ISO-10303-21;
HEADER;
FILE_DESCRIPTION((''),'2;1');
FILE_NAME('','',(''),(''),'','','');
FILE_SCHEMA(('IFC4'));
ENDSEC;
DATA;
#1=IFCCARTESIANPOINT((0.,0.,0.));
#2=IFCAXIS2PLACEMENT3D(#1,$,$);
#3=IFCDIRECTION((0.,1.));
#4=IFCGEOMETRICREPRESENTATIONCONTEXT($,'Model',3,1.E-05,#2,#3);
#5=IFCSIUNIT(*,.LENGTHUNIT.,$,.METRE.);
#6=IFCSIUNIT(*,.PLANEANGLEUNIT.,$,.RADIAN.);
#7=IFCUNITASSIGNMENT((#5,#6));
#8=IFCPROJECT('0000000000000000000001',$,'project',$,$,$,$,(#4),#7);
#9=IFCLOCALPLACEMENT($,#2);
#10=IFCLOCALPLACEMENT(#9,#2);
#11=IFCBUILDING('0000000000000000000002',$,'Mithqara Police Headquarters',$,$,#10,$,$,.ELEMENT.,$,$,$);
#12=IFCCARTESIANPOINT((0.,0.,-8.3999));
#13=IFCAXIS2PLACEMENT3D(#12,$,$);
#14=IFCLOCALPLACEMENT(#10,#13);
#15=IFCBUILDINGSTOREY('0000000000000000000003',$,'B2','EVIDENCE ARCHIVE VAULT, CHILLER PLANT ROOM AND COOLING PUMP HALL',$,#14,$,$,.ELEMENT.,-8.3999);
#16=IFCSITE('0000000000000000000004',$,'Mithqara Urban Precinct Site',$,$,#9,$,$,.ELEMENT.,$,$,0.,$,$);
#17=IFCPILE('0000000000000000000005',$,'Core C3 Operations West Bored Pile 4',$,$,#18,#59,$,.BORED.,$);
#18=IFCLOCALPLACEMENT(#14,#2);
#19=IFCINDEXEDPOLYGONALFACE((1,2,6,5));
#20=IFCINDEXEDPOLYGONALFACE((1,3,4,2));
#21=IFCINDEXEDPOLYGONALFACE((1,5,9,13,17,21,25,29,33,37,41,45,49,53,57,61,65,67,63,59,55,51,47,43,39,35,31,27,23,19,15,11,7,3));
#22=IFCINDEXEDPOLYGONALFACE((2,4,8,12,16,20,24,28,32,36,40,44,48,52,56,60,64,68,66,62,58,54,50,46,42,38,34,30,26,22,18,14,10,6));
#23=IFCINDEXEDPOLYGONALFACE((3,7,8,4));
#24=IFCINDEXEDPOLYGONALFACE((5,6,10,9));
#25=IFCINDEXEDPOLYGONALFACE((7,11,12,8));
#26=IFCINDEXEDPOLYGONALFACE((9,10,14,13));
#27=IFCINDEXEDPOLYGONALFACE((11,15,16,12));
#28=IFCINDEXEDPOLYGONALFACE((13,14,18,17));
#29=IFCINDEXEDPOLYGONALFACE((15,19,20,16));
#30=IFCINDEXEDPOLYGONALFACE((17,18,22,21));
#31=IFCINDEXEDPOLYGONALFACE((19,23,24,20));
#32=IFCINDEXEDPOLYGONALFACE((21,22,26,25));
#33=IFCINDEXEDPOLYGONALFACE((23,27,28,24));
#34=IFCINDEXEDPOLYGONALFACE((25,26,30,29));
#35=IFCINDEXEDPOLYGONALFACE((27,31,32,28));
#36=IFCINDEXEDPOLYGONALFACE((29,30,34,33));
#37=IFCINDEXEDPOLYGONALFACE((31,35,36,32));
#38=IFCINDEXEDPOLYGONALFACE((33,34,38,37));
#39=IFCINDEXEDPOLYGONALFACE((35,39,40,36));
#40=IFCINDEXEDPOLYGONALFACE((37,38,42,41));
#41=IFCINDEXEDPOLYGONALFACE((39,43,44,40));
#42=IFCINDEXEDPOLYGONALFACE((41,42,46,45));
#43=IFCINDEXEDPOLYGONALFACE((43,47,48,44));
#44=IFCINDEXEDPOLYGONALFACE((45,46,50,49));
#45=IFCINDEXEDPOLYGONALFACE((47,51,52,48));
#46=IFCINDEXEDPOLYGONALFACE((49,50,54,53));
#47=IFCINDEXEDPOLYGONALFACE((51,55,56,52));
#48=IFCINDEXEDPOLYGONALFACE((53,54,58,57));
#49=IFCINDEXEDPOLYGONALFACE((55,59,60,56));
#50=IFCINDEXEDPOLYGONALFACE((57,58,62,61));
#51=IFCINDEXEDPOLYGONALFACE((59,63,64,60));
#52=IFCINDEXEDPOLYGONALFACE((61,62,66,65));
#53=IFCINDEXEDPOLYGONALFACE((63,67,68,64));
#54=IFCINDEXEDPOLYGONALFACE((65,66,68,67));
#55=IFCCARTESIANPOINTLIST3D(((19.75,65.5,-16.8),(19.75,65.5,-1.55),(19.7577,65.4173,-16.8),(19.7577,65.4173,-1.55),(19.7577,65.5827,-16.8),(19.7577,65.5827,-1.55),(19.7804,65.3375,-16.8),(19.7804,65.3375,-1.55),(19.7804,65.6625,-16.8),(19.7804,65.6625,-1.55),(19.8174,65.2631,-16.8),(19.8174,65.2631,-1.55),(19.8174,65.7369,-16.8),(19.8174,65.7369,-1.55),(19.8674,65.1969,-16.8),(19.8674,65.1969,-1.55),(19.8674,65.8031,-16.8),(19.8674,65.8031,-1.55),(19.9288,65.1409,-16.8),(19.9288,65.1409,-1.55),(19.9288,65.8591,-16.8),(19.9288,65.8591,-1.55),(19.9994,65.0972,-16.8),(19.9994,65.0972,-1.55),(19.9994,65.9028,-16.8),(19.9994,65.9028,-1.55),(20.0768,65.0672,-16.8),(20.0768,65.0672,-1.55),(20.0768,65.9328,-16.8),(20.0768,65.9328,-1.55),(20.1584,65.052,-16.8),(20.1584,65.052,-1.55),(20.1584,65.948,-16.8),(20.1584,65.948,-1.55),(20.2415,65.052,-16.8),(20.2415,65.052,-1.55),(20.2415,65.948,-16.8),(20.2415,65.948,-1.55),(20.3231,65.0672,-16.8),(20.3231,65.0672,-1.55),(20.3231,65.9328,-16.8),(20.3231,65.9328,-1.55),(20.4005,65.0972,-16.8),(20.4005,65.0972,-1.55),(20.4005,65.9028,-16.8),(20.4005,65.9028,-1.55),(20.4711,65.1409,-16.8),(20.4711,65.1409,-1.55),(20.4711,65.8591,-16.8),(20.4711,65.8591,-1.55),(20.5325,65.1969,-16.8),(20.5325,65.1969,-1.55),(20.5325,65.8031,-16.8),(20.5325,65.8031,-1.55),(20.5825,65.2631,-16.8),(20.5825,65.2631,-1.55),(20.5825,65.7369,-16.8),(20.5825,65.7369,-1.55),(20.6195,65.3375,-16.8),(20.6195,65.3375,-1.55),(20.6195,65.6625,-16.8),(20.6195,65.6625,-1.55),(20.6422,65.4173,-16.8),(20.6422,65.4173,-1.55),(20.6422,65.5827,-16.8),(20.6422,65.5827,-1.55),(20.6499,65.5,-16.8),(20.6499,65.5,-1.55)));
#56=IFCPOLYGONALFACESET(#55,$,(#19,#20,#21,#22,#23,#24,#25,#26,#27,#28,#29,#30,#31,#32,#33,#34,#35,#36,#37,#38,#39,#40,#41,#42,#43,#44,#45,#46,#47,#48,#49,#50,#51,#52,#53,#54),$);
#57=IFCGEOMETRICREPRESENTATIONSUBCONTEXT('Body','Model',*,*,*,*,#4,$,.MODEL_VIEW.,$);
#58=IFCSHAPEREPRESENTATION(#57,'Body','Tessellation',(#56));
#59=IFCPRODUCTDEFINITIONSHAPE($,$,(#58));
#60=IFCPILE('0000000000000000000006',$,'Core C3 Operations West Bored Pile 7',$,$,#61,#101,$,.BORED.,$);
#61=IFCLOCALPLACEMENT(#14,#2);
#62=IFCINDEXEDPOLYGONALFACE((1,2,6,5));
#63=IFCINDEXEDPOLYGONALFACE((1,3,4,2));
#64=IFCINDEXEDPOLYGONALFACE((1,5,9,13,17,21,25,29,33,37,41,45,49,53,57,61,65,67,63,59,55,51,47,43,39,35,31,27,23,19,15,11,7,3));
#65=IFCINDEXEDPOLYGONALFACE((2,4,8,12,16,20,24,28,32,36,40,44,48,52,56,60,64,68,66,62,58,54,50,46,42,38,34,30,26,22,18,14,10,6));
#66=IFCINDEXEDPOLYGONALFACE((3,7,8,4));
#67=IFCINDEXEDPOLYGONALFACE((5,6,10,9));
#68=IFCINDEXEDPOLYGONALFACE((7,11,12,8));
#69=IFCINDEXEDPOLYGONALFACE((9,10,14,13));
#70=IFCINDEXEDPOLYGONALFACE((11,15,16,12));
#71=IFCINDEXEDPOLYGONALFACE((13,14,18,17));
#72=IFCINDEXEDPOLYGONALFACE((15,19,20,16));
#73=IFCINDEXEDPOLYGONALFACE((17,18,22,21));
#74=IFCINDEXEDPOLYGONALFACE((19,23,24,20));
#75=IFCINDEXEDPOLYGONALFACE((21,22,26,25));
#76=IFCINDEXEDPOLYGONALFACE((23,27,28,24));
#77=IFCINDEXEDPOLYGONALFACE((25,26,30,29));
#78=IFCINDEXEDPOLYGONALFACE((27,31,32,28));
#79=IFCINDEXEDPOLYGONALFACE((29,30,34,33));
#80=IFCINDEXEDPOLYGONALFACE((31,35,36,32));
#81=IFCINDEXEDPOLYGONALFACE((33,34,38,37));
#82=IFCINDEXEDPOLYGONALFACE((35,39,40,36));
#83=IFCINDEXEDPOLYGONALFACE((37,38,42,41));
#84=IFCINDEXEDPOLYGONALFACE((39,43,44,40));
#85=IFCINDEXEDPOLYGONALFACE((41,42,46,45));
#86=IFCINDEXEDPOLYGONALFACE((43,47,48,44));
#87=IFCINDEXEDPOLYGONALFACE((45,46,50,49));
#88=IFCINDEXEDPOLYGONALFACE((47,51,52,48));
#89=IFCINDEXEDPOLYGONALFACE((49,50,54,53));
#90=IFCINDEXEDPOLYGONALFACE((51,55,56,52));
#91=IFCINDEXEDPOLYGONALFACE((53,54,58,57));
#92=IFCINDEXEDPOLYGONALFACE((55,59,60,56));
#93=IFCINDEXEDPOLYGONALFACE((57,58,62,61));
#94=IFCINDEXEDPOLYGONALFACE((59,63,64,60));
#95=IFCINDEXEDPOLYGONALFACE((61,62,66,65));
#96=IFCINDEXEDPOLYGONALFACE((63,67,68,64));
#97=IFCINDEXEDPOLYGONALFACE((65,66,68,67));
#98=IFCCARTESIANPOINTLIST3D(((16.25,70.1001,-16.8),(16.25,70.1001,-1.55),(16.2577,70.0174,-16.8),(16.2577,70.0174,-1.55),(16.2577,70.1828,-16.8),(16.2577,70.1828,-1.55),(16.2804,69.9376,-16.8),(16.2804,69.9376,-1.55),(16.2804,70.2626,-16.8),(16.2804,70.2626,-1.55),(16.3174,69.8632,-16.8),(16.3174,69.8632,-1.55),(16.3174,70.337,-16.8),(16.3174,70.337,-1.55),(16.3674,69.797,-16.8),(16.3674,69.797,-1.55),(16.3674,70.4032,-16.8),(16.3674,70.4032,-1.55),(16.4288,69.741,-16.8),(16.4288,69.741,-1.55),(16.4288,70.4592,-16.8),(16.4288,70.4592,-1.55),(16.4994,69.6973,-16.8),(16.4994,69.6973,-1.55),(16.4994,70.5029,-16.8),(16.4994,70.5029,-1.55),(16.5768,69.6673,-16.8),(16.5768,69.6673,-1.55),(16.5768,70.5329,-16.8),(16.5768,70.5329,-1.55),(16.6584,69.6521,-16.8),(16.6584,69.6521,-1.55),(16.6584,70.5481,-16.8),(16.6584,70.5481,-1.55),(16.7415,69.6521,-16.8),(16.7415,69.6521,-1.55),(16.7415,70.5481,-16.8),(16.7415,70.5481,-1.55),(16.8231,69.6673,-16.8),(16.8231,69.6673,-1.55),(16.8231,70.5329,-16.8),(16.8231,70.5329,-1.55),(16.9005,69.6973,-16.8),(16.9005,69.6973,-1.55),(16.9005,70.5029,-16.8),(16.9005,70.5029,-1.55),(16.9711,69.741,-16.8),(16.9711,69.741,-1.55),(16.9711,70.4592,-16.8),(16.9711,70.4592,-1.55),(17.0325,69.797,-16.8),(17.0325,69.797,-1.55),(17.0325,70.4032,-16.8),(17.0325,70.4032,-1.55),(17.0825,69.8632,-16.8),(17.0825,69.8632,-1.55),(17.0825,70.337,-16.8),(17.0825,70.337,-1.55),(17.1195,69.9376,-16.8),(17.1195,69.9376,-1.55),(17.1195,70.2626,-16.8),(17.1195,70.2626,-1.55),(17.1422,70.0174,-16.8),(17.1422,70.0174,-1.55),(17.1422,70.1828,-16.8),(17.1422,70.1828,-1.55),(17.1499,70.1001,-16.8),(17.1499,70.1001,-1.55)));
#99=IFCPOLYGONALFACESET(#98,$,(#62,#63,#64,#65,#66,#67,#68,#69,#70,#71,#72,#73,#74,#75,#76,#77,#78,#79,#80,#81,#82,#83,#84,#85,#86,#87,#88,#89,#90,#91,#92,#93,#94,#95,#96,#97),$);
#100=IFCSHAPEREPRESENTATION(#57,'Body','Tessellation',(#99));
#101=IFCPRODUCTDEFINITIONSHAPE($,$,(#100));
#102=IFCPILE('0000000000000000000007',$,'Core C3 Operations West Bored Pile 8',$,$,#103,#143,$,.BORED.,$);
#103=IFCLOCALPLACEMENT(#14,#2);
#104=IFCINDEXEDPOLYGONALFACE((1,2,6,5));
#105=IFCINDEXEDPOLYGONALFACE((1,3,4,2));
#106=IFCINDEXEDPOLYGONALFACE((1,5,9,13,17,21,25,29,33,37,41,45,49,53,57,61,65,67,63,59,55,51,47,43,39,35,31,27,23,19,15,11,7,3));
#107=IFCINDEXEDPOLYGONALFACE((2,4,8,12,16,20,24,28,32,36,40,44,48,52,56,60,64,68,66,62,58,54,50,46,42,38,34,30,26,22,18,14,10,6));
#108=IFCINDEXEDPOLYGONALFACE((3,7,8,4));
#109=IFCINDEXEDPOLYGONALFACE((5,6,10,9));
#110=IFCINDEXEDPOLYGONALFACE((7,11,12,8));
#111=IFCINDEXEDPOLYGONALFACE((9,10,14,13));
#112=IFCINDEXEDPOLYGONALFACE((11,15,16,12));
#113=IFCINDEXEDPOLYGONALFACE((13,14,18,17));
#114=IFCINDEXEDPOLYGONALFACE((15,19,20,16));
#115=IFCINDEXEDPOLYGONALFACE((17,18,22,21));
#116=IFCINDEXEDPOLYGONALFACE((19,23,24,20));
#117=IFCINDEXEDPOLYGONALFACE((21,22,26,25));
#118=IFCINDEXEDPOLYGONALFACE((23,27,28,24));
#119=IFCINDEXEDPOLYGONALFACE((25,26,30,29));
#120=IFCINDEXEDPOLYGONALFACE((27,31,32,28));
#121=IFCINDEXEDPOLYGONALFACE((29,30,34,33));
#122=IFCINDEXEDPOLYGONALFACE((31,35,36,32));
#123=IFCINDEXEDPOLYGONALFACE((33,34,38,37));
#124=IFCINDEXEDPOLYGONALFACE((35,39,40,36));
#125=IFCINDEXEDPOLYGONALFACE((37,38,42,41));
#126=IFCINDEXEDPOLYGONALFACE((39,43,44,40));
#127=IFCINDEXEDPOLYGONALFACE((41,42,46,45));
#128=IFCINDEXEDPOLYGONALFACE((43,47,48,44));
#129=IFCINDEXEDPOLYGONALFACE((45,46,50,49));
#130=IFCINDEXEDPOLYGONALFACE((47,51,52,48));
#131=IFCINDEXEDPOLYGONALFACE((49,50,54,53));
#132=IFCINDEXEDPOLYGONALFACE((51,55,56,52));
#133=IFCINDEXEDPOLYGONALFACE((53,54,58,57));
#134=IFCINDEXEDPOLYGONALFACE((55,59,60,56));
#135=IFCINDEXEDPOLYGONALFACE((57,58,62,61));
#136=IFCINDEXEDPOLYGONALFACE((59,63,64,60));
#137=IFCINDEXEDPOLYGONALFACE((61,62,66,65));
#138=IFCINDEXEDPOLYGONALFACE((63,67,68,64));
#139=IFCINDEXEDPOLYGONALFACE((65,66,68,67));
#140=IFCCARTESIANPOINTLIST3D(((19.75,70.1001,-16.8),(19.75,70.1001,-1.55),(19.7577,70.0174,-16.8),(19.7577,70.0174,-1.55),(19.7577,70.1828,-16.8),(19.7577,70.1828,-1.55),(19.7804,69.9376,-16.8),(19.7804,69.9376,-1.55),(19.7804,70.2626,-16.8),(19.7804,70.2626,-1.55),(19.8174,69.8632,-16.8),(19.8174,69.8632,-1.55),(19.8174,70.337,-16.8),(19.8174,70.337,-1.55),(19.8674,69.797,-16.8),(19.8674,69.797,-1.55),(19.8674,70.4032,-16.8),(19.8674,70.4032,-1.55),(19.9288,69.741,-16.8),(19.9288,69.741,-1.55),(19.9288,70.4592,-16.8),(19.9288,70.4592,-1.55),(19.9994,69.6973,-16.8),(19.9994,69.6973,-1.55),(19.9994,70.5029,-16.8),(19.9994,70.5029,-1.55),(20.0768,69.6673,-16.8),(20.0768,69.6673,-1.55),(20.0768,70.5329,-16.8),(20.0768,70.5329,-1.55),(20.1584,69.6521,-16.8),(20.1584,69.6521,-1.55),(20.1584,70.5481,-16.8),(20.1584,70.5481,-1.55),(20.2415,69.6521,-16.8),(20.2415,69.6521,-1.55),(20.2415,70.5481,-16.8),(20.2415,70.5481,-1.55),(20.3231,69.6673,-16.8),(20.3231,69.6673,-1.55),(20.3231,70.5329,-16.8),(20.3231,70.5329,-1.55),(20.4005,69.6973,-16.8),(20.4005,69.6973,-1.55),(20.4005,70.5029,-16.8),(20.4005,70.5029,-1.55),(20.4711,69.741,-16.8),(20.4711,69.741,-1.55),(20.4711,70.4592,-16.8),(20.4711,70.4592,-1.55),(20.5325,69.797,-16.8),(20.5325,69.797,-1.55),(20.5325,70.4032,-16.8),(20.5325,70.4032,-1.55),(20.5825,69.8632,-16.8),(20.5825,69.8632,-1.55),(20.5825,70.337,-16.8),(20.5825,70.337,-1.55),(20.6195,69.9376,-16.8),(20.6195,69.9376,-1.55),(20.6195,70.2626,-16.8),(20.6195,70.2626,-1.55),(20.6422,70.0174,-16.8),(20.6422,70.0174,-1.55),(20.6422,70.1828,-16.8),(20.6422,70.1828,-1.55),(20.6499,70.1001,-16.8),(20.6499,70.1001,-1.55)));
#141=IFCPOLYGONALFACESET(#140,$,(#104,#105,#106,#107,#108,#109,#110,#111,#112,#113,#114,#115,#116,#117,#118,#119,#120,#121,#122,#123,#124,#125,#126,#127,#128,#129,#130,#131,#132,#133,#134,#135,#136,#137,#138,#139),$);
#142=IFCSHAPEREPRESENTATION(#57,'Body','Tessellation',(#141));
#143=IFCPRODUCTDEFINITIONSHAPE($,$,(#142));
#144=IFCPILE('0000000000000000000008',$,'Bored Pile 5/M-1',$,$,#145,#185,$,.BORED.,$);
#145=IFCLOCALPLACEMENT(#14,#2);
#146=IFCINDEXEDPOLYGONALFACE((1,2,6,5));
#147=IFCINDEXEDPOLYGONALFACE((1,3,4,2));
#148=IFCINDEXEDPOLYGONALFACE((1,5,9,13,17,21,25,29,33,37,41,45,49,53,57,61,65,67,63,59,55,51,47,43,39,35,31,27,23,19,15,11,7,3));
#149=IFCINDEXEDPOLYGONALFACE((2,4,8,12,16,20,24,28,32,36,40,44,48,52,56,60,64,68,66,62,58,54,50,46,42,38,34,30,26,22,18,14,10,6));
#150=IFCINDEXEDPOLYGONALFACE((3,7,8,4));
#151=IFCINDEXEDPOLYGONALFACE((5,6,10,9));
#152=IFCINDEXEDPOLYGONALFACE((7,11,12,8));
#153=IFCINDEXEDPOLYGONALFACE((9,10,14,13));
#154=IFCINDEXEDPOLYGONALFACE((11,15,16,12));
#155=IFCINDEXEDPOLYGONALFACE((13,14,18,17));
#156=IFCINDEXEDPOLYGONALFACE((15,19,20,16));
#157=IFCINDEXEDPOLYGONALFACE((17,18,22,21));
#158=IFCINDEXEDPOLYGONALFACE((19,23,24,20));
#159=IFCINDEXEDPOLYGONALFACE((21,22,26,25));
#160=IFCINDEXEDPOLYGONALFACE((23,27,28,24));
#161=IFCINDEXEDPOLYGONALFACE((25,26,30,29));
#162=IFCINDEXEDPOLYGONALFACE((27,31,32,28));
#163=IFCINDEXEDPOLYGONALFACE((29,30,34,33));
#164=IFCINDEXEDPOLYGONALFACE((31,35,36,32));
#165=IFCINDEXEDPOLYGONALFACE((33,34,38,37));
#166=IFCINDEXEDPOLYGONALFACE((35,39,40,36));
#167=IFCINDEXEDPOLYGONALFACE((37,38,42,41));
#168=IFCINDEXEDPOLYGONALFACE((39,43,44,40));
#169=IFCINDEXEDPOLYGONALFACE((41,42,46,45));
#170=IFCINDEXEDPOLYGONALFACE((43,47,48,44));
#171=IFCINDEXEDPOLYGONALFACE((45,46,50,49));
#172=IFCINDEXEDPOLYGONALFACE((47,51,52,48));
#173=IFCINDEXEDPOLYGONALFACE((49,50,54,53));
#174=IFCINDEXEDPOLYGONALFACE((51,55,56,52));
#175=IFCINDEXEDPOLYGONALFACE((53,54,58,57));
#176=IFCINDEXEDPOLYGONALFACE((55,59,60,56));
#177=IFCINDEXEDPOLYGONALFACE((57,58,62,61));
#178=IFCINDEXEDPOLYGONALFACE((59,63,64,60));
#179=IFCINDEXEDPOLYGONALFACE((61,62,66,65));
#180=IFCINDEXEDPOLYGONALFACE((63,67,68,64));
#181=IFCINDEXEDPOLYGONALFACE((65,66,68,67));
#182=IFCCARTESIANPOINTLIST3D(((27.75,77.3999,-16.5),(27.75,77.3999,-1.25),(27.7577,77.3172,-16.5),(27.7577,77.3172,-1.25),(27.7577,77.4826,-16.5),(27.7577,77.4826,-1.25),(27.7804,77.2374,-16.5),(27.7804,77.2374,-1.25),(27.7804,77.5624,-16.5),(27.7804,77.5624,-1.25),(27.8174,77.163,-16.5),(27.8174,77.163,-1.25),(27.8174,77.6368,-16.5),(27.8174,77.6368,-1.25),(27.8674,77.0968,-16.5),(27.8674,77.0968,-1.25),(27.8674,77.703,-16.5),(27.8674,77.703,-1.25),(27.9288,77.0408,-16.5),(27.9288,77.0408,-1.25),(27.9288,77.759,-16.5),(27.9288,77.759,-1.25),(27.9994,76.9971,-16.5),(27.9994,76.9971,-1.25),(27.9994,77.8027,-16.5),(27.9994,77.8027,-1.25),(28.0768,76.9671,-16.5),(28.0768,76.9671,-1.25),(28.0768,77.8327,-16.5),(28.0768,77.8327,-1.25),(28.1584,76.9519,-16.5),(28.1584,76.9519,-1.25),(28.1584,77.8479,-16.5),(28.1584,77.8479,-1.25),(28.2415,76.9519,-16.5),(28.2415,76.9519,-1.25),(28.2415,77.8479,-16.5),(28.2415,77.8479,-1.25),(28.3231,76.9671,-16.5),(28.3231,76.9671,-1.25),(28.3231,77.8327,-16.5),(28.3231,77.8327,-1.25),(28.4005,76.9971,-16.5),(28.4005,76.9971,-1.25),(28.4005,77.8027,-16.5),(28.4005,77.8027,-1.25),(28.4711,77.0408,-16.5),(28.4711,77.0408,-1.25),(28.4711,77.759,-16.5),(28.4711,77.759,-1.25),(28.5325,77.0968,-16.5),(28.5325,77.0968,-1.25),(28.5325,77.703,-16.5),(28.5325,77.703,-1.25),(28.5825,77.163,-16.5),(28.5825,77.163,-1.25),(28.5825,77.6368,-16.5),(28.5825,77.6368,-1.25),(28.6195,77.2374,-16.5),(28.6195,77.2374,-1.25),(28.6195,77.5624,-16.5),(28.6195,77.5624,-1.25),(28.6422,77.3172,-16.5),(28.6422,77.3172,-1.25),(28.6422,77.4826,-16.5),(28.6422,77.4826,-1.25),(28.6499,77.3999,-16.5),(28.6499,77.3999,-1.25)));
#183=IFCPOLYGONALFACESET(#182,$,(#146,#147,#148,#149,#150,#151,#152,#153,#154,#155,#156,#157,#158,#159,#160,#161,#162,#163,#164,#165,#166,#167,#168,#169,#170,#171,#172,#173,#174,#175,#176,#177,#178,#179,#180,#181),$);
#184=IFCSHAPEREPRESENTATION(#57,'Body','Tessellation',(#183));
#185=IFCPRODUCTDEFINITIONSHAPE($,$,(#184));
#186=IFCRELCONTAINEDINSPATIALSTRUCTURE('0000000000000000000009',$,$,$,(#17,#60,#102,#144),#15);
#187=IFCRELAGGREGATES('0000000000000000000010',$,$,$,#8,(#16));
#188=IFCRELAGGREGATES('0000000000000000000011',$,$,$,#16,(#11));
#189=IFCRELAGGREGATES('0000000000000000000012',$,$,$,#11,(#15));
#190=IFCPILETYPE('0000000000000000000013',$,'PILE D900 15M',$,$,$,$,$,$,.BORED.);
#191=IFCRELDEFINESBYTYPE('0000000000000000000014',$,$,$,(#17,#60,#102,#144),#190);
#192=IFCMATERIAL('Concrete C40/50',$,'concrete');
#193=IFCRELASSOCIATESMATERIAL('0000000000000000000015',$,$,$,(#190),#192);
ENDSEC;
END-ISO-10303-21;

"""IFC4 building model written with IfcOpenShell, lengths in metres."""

from ifc_helpers import new_model, si_unit, direction, frame, origin, origin_2d, place, context, subcontext, project, spatial, circle, extrude, material, material_profile, profile_set, type_object, element, save


model = new_model("IFC4")

# Units and contexts
model_context = context("Model", 3, precision=1e-05, world=origin(), true_north=direction((0.0, 1.0)))
body_context = subcontext(model_context, "Body", "Model", "MODEL_VIEW")
ifc_project = project(units=[si_unit("LENGTHUNIT", "METRE"), si_unit("PLANEANGLEUNIT", "RADIAN")], contexts=[model_context])

# Site, building, storey
site_placement = place(None, origin())
site = spatial("IfcSite", under=ifc_project, at=site_placement, Name="Mithqara Urban Precinct Site", CompositionType="ELEMENT", RefElevation=0.0)
building_placement = place(site_placement, origin())
building = spatial("IfcBuilding", under=site, at=building_placement, Name="Mithqara Police Headquarters", CompositionType="ELEMENT")
storey_placement = place(building_placement, frame((0.0, 0.0, -8.3999)))
storey = spatial("IfcBuildingStorey", under=building, at=storey_placement, Name="B2", Description="EVIDENCE ARCHIVE VAULT, CHILLER PLANT ROOM AND COOLING PUMP HALL", CompositionType="ELEMENT", Elevation=-8.3999)

# Shared definitions
ifc_material_1 = material(Name="Concrete C40/50", Category="concrete")

# Piles
ifc_material_profile_1 = material_profile(ifc_material_1, circle(Radius=0.45, at=origin_2d()), Name="PILE D900")
ifc_profile_set_1 = profile_set([ifc_material_profile_1], Name="Concrete C40/50")
pile_type_1 = type_object("IfcPileType", Name="PILE D900 15M", PredefinedType="BORED", material=ifc_profile_set_1)
for number, where, z_axis, x_axis, name in (
    (1, (20.2, 65.5, -1.55), (0.0, 0.0, -1.0), (1.0, 0.0, 0.0), "Core C3 Operations West Bored Pile 4"),
    (2, (16.7, 70.1001, -1.55), (0.0, 0.0, -1.0), (1.0, 0.0, 0.0), "Core C3 Operations West Bored Pile 7"),
    (3, (20.2, 70.1001, -1.55), (0.0, 0.0, -1.0), (1.0, 0.0, 0.0), "Core C3 Operations West Bored Pile 8"),
    (4, (28.2, 77.3999, -1.25), (0.0, 0.0, -1.0), (1.0, 0.0, 0.0), "Bored Pile 5/M-1"),
):
    element("IfcPile", number, at=place(storey_placement, frame(where, z_axis=z_axis, x_axis=x_axis)), inside=storey, type_object=pile_type_1, Name=name, PredefinedType="BORED", context=body_context, shape_type="SweptSolid", body=[
        extrude(circle(Radius=0.45, at=origin_2d()), origin(), (0.0, 0.0, 1.0), 15.25),
    ])

save(model, "model.ifc")
